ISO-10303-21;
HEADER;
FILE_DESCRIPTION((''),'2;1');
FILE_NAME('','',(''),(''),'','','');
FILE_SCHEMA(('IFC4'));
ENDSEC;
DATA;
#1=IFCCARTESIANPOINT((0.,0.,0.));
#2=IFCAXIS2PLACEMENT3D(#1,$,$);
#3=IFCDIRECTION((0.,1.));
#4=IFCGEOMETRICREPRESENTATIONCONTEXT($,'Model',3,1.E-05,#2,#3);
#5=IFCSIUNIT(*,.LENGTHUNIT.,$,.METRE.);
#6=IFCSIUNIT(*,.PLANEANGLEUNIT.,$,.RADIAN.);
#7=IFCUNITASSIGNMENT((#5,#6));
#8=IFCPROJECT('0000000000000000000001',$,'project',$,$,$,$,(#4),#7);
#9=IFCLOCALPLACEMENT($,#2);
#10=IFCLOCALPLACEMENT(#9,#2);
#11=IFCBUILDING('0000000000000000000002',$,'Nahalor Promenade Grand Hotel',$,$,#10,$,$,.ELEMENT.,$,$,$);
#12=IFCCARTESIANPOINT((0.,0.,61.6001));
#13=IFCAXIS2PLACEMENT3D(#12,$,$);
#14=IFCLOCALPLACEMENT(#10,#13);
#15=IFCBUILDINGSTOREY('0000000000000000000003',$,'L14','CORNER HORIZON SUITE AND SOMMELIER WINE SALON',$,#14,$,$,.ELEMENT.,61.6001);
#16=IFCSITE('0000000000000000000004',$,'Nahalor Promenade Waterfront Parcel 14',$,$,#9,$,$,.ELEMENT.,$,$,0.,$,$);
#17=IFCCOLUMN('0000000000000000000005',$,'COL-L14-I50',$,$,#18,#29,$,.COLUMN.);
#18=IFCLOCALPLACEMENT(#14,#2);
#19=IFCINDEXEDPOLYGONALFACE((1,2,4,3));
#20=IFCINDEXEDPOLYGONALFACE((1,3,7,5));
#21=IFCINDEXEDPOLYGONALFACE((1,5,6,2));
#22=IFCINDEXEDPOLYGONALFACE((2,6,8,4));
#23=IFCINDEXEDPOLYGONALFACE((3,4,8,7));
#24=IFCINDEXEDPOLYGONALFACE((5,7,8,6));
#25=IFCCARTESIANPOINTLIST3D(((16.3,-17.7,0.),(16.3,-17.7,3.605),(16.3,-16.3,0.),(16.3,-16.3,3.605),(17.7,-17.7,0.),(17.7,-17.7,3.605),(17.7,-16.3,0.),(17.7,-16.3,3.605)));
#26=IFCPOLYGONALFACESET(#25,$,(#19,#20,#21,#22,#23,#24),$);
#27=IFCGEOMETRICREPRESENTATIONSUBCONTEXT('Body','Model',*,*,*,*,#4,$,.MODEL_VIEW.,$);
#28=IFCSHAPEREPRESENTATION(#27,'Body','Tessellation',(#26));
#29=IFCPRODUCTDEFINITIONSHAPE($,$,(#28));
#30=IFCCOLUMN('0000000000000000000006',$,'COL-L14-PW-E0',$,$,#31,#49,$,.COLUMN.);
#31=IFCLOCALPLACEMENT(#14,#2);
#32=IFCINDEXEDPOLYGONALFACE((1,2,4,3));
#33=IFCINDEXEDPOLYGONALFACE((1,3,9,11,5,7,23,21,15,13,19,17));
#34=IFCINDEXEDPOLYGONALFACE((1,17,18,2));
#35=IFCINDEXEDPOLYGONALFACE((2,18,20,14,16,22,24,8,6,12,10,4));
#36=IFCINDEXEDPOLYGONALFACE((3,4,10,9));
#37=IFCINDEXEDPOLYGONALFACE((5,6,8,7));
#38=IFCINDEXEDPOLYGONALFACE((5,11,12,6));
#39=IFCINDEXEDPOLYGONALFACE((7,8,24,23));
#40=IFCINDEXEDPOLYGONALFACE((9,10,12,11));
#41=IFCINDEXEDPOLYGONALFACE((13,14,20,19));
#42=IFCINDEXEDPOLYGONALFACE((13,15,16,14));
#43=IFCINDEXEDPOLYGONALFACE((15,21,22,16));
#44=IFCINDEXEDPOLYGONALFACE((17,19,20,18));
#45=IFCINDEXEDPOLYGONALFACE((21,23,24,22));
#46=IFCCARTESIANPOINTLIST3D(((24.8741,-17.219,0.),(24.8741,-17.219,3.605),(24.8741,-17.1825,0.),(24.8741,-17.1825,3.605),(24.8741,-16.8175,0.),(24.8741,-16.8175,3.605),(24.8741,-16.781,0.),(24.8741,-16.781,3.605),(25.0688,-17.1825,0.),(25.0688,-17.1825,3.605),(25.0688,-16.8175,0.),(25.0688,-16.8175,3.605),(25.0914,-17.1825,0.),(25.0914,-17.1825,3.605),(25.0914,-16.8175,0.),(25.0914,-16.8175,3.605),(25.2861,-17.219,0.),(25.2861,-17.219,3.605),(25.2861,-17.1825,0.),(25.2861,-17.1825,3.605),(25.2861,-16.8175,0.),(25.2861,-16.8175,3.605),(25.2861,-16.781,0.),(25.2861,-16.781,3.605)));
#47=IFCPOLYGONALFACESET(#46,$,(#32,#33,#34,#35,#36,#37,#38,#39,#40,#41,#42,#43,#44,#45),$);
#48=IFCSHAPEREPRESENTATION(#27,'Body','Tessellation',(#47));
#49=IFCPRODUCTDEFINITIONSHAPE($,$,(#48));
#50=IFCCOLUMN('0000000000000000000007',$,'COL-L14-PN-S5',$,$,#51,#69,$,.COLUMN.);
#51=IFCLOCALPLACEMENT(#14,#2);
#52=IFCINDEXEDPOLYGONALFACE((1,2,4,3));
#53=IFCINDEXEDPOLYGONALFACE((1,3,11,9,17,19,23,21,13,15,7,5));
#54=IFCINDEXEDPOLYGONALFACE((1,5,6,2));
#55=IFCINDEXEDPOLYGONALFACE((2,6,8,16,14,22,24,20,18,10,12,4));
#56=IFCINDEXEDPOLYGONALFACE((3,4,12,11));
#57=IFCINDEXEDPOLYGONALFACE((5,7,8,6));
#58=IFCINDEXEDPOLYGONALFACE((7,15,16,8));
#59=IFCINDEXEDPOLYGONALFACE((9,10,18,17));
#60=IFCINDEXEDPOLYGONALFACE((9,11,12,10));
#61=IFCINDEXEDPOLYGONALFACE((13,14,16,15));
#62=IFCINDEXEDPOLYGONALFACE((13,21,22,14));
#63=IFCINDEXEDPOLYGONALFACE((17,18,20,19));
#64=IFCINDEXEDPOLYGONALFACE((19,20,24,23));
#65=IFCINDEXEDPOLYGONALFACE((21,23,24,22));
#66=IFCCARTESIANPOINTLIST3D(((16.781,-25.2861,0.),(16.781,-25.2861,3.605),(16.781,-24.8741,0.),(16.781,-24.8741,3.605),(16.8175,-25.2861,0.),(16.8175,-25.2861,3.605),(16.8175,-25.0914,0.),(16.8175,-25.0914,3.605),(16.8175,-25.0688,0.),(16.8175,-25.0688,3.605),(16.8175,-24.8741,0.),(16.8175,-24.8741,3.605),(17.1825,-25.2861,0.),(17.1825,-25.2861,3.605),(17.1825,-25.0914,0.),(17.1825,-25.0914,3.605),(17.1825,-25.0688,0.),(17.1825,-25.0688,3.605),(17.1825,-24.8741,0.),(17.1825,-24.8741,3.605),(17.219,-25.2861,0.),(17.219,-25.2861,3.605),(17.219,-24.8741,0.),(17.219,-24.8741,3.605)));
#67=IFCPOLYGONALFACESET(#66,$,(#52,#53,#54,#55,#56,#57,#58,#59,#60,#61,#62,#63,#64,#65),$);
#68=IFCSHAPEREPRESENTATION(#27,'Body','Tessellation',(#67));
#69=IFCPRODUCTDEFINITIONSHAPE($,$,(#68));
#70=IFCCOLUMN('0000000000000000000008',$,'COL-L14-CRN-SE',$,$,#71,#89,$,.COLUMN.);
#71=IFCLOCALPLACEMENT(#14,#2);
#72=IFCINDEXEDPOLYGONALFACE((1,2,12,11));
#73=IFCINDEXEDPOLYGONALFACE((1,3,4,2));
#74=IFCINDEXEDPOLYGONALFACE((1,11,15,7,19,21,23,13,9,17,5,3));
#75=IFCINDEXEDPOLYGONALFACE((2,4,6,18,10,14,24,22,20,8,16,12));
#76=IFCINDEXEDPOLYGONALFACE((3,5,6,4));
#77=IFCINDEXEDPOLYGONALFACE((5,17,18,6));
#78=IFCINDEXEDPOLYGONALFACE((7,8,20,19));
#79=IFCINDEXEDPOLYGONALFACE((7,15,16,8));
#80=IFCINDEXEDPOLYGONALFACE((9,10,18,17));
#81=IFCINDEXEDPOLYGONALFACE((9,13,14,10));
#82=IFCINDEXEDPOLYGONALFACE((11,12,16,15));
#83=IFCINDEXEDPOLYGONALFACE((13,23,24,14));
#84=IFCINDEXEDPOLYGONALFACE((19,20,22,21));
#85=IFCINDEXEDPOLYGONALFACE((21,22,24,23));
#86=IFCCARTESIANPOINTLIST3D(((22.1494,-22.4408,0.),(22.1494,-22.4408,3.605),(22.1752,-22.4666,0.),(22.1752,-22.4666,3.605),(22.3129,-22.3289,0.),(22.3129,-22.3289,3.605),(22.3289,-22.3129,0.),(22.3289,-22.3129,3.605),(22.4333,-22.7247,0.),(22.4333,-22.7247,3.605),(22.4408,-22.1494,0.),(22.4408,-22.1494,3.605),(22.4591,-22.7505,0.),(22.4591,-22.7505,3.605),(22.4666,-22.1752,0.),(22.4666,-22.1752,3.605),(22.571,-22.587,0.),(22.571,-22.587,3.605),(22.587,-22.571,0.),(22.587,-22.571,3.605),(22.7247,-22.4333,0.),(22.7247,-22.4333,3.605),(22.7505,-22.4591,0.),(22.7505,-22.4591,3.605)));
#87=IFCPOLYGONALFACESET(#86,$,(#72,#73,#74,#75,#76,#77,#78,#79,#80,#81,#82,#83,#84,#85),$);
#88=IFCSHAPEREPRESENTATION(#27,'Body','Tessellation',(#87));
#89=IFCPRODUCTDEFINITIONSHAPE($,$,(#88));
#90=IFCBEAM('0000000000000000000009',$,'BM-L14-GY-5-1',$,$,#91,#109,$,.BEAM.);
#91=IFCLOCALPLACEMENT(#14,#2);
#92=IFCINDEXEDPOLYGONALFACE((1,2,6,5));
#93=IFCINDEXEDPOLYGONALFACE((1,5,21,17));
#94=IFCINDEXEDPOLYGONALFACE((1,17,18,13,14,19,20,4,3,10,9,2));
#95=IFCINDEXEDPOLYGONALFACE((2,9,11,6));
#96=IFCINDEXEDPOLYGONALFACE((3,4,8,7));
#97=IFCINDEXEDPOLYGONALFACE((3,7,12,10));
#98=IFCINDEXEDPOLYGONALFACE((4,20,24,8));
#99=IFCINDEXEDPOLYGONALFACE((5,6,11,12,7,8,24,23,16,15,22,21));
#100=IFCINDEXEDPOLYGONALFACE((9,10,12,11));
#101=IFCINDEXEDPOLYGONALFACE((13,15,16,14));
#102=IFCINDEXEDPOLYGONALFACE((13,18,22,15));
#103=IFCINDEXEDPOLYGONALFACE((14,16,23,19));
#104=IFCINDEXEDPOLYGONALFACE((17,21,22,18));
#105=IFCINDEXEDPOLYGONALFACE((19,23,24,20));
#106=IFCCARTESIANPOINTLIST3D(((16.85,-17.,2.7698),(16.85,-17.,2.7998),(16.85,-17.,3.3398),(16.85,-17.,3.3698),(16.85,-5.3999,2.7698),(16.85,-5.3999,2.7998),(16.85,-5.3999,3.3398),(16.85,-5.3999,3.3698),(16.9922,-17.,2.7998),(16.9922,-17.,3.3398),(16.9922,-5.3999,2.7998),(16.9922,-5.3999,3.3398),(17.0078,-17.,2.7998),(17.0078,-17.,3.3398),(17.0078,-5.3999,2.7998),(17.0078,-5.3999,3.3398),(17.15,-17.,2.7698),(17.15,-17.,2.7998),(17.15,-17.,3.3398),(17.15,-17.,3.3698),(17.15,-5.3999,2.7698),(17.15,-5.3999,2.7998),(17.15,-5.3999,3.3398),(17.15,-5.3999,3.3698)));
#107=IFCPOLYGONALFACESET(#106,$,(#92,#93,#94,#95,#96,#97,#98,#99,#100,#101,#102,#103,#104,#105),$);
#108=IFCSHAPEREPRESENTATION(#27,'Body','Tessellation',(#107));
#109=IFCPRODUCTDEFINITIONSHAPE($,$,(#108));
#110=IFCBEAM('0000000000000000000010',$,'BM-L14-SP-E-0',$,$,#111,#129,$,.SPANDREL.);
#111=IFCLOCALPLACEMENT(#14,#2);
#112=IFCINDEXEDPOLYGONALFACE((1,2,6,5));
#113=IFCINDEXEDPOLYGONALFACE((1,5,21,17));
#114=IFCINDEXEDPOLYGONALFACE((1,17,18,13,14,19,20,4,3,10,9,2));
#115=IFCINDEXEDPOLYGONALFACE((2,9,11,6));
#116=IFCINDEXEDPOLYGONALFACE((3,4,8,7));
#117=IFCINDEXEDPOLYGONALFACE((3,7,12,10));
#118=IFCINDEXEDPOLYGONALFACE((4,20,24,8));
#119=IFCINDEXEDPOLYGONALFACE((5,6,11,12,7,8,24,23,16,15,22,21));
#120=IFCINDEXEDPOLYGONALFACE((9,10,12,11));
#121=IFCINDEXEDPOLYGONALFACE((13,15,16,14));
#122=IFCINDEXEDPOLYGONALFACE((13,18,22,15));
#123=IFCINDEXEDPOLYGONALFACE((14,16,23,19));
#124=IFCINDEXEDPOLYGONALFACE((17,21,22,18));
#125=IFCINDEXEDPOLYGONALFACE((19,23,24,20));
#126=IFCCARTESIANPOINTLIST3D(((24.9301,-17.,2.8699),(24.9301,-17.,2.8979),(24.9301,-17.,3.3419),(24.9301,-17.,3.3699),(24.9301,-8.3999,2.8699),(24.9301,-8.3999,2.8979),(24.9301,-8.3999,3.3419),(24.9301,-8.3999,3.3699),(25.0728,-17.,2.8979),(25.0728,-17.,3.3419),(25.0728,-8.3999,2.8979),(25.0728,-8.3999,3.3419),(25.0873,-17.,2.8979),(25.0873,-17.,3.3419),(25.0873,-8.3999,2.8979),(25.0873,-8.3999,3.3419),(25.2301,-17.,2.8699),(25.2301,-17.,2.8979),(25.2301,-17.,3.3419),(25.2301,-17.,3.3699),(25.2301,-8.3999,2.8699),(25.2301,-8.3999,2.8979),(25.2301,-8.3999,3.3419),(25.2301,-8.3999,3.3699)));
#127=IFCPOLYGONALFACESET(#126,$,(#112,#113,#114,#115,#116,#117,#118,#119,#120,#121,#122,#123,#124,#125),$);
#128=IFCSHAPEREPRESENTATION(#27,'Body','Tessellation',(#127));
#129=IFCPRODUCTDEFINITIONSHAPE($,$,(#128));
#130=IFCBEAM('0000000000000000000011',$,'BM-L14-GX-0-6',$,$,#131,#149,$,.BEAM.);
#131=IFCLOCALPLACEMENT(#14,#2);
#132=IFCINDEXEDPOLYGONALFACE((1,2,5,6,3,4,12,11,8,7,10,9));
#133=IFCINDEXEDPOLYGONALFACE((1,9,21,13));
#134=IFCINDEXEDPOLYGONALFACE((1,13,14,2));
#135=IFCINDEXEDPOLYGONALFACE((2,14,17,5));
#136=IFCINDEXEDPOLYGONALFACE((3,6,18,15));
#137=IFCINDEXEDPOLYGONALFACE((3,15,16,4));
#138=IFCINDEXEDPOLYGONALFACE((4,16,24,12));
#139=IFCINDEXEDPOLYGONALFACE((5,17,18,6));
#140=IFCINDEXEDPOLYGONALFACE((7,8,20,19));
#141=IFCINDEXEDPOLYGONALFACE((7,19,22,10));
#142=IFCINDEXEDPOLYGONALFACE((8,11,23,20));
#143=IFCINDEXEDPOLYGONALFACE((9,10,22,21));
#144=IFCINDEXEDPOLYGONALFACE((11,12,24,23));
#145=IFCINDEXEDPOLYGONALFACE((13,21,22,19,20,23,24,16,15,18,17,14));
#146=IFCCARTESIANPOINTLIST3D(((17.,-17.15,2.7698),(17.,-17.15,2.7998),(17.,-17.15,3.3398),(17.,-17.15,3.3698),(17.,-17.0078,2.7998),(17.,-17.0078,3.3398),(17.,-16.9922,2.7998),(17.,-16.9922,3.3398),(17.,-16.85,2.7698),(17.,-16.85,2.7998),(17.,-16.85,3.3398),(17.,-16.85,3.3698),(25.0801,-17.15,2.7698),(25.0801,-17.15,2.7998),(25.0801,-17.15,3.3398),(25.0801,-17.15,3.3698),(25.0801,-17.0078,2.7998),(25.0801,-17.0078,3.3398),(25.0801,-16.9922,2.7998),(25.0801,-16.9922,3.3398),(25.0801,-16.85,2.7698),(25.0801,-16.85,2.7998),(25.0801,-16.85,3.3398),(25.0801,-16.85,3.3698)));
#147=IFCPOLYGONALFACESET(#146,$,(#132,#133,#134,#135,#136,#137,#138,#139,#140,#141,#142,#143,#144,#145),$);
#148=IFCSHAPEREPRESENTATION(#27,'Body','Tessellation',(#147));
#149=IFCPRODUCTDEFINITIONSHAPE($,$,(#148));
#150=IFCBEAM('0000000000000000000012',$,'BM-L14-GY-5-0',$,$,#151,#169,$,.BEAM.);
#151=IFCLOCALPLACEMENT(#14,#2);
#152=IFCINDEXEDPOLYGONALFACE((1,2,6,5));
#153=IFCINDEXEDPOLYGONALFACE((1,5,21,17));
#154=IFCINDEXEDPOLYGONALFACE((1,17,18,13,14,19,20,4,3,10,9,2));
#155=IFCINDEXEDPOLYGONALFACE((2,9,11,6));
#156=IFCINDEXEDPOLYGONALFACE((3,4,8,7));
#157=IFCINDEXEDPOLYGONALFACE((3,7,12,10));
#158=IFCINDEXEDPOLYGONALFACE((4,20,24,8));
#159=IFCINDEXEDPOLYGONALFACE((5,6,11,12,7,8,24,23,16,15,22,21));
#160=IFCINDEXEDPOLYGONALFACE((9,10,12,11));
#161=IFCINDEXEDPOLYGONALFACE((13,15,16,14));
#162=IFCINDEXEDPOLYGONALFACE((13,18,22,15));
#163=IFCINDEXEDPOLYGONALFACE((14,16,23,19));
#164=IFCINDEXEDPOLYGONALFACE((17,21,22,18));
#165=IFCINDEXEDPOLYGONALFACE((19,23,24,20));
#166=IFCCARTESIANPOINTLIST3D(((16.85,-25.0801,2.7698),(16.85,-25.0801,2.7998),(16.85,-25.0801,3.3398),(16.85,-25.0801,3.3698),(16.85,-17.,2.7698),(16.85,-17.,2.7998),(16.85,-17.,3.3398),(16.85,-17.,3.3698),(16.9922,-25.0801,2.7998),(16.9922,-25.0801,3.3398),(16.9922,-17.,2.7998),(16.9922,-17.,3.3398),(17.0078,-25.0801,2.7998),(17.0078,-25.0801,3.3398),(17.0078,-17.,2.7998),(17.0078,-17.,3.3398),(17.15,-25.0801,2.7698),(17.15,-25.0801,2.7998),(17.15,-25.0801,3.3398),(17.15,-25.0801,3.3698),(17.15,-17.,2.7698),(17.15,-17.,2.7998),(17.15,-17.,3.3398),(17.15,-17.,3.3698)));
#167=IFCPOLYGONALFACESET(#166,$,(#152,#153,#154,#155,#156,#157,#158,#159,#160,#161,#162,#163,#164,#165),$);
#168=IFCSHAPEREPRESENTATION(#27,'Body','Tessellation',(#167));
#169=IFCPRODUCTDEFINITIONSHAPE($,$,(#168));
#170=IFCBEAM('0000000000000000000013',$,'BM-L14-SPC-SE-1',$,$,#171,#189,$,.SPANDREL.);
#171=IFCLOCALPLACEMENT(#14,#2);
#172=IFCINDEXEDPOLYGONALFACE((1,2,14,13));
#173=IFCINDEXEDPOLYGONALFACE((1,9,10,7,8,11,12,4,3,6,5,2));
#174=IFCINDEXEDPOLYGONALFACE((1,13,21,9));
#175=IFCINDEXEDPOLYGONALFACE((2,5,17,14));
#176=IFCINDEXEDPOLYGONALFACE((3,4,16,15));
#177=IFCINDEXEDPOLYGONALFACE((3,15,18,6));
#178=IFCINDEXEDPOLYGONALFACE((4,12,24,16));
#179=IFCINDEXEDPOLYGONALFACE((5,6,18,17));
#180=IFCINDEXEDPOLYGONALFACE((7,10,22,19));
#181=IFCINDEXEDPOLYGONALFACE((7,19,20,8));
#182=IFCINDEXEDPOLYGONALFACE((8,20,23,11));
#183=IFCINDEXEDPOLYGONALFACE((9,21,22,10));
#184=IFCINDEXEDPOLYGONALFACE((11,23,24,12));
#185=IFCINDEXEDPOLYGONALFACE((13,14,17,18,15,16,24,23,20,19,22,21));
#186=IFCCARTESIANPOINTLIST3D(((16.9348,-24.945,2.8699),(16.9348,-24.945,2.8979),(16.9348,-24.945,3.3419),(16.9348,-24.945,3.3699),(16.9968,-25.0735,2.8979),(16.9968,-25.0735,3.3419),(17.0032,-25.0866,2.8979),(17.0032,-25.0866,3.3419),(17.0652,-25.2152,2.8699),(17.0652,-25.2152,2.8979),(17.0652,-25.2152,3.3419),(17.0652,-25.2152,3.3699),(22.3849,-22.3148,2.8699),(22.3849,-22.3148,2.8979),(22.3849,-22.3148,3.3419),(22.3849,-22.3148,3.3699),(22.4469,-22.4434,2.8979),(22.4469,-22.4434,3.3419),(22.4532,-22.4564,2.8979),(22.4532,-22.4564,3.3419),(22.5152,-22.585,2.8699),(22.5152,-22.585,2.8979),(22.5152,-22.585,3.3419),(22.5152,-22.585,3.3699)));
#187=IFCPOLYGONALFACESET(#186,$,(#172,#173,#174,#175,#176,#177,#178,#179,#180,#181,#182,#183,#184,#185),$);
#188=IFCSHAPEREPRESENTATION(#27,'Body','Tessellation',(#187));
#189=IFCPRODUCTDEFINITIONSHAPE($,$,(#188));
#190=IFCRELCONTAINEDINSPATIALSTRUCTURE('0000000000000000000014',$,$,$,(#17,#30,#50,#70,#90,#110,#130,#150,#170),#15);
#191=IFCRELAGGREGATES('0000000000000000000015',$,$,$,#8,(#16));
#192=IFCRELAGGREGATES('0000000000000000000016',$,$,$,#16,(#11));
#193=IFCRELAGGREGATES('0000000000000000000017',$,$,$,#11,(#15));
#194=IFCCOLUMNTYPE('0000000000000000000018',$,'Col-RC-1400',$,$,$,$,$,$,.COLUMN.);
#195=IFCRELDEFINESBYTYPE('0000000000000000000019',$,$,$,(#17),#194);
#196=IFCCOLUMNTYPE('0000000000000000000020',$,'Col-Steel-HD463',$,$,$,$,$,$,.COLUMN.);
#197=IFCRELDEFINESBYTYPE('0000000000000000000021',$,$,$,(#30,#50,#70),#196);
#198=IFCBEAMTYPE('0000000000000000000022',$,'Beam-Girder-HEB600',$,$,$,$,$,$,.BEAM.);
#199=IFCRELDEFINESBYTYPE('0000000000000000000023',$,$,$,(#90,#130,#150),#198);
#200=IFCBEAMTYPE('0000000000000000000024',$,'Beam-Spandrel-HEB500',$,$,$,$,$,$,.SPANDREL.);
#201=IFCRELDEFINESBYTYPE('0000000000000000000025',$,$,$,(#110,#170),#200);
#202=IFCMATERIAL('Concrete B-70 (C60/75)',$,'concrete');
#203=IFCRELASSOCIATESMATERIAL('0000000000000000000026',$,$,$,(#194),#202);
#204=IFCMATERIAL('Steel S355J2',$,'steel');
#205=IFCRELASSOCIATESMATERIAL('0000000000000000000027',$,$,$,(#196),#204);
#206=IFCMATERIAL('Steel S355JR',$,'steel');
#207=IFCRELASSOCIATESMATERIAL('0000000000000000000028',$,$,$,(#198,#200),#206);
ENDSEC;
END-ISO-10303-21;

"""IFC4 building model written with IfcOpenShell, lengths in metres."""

from ifc_helpers import new_model, si_unit, direction, frame, origin, origin_2d, place, context, subcontext, project, spatial, rectangle, i_section, extrude, source, transform, mapped, material, material_profile, profile_set, type_object, element, save


model = new_model("IFC4")

# Units and contexts
model_context = context("Model", 3, precision=1e-05, world=origin(), true_north=direction((0.0, 1.0)))
body_context = subcontext(model_context, "Body", "Model", "MODEL_VIEW")
ifc_project = project(units=[si_unit("LENGTHUNIT", "METRE"), si_unit("PLANEANGLEUNIT", "RADIAN")], contexts=[model_context])

# Site, building, storey
site_placement = place(None, origin())
site = spatial("IfcSite", under=ifc_project, at=site_placement, Name="Nahalor Promenade Waterfront Parcel 14", CompositionType="ELEMENT", RefElevation=0.0)
building_placement = place(site_placement, origin())
building = spatial("IfcBuilding", under=site, at=building_placement, Name="Nahalor Promenade Grand Hotel", CompositionType="ELEMENT")
storey_placement = place(building_placement, frame((0.0, 0.0, 61.6001)))
storey = spatial("IfcBuildingStorey", under=building, at=storey_placement, Name="L14", Description="CORNER HORIZON SUITE AND SOMMELIER WINE SALON", CompositionType="ELEMENT", Elevation=61.6001)

# Columns
ifc_material_1 = material(Name="Concrete B-70 (C60/75)", Category="concrete")
ifc_material_profile_1 = material_profile(ifc_material_1, rectangle(XDim=1.4, YDim=1.4, at=origin_2d()), Name="RC 1400x1400")
ifc_profile_set_1 = profile_set([ifc_material_profile_1], Name="Concrete B-70 (C60/75)")
column_type_1 = type_object("IfcColumnType", Name="Col-RC-1400", PredefinedType="COLUMN", material=ifc_profile_set_1)
shared_shape_1 = source(origin(), body_context, "Body", "SweptSolid", [
    extrude(rectangle(XDim=1.4, YDim=1.4, at=origin_2d()), origin(), (0.0, 0.0, 1.0), 3.605),
])
column_placement = place(storey_placement, frame((17.0, -17.0, 0.0), z_axis=(0.0, 0.0, 1.0), x_axis=(1.0, 0.0, 0.0)))
element("IfcColumn", 1, at=column_placement, inside=storey, type_object=column_type_1, Name="COL-L14-I50", PredefinedType="COLUMN", context=body_context, shape_type="MappedRepresentation", body=[
    mapped(shared_shape_1, transform((0.0, 0.0, 0.0), scale=1.0)),
])
ifc_material_2 = material(Name="Steel S355J2", Category="steel")
ifc_material_profile_2 = material_profile(ifc_material_2, i_section(OverallWidth=0.412, OverallDepth=0.438, WebThickness=0.0226, FlangeThickness=0.0365, at=origin_2d()), Name="HD 400x463")
ifc_profile_set_2 = profile_set([ifc_material_profile_2], Name="Steel S355J2")
column_type_2 = type_object("IfcColumnType", Name="Col-Steel-HD463", PredefinedType="COLUMN", material=ifc_profile_set_2)
shared_shape_2 = source(origin(), body_context, "Body", "SweptSolid", [
    extrude(i_section(OverallWidth=0.412, OverallDepth=0.438, WebThickness=0.0226, FlangeThickness=0.0365, at=origin_2d()), origin(), (0.0, 0.0, 1.0), 3.605),
])
for number, where, z_axis, x_axis, name in (
    (2, (25.0801, -17.0, 0.0), (0.0, 0.0, 1.0), (1.0, 0.0, 0.0), "COL-L14-PW-E0"),
    (3, (17.0, -25.0801, 0.0), (0.0, 0.0, 1.0), (0.0, 1.0, 0.0), "COL-L14-PN-S5"),
    (4, (22.45, -22.45, 0.0), (0.0, 0.0, 1.0), (0.707107, 0.707107, 0.0), "COL-L14-CRN-SE"),
):
    element("IfcColumn", number, at=place(storey_placement, frame(where, z_axis=z_axis, x_axis=x_axis)), inside=storey, type_object=column_type_2, Name=name, PredefinedType="COLUMN", context=body_context, shape_type="MappedRepresentation", body=[
        mapped(shared_shape_2, transform((0.0, 0.0, 0.0), scale=1.0)),
    ])

# Beams
ifc_material_3 = material(Name="Steel S355JR", Category="steel")
ifc_material_profile_3 = material_profile(ifc_material_3, i_section(OverallWidth=0.3, OverallDepth=0.6, WebThickness=0.0155, FlangeThickness=0.03, at=origin_2d()), Name="HEB 600")
ifc_profile_set_3 = profile_set([ifc_material_profile_3], Name="Steel S355JR")
beam_type_1 = type_object("IfcBeamType", Name="Beam-Girder-HEB600", PredefinedType="BEAM", material=ifc_profile_set_3)
shared_shape_3 = source(origin(), body_context, "Body", "SweptSolid", [
    extrude(i_section(OverallWidth=0.3, OverallDepth=0.6, WebThickness=0.0155, FlangeThickness=0.03, at=origin_2d()), origin(), (0.0, 0.0, 1.0), 11.6001),
])
beam_1_placement = place(storey_placement, frame((17.0, -17.0, 3.0698), z_axis=(0.0, 1.0, 0.0), x_axis=(-1.0, 0.0, 0.0)))
element("IfcBeam", 5, at=beam_1_placement, inside=storey, type_object=beam_type_1, Name="BM-L14-GY-5-1", PredefinedType="BEAM", context=body_context, shape_type="MappedRepresentation", body=[
    mapped(shared_shape_3, transform((0.0, 0.0, 0.0), scale=1.0)),
])
ifc_material_profile_4 = material_profile(ifc_material_3, i_section(OverallWidth=0.3, OverallDepth=0.5, WebThickness=0.0145, FlangeThickness=0.028, at=origin_2d()), Name="HEB 500")
ifc_profile_set_4 = profile_set([ifc_material_profile_4], Name="Steel S355JR")
beam_type_2 = type_object("IfcBeamType", Name="Beam-Spandrel-HEB500", PredefinedType="SPANDREL", material=ifc_profile_set_4)
shared_shape_4 = source(origin(), body_context, "Body", "SweptSolid", [
    extrude(i_section(OverallWidth=0.3, OverallDepth=0.5, WebThickness=0.0145, FlangeThickness=0.028, at=origin_2d()), origin(), (0.0, 0.0, 1.0), 8.6001),
])
beam_2_placement = place(storey_placement, frame((25.0801, -17.0, 3.1199), z_axis=(0.0, 1.0, 0.0), x_axis=(-1.0, 0.0, 0.0)))
element("IfcBeam", 6, at=beam_2_placement, inside=storey, type_object=beam_type_2, Name="BM-L14-SP-E-0", PredefinedType="SPANDREL", context=body_context, shape_type="MappedRepresentation", body=[
    mapped(shared_shape_4, transform((0.0, 0.0, 0.0), scale=1.0)),
])
shared_shape_5 = source(origin(), body_context, "Body", "SweptSolid", [
    extrude(i_section(OverallWidth=0.3, OverallDepth=0.6, WebThickness=0.0155, FlangeThickness=0.03, at=origin_2d()), origin(), (0.0, 0.0, 1.0), 8.0801),
])
for number, where, z_axis, x_axis, name in (
    (7, (17.0, -17.0, 3.0698), (1.0, 0.0, 0.0), (0.0, 1.0, 0.0), "BM-L14-GX-0-6"),
    (8, (17.0, -25.0801, 3.0698), (0.0, 1.0, 0.0), (-1.0, 0.0, 0.0), "BM-L14-GY-5-0"),
):
    element("IfcBeam", number, at=place(storey_placement, frame(where, z_axis=z_axis, x_axis=x_axis)), inside=storey, type_object=beam_type_1, Name=name, PredefinedType="BEAM", context=body_context, shape_type="MappedRepresentation", body=[
        mapped(shared_shape_5, transform((0.0, 0.0, 0.0), scale=1.0)),
    ])
shared_shape_6 = source(origin(), body_context, "Body", "SweptSolid", [
    extrude(i_section(OverallWidth=0.3, OverallDepth=0.5, WebThickness=0.0145, FlangeThickness=0.028, at=origin_2d()), origin(), (0.0, 0.0, 1.0), 6.0515),
])
for number, where, z_axis, x_axis, name in (
    (9, (17.0, -25.0801, 3.1199), (0.900609, 0.434631, 0.0), (-0.434631, 0.900609, 0.0), "BM-L14-SPC-SE-1"),
):
    element("IfcBeam", number, at=place(storey_placement, frame(where, z_axis=z_axis, x_axis=x_axis)), inside=storey, type_object=beam_type_2, Name=name, PredefinedType="SPANDREL", context=body_context, shape_type="MappedRepresentation", body=[
        mapped(shared_shape_6, transform((0.0, 0.0, 0.0), scale=1.0)),
    ])

save(model, "model.ifc")
